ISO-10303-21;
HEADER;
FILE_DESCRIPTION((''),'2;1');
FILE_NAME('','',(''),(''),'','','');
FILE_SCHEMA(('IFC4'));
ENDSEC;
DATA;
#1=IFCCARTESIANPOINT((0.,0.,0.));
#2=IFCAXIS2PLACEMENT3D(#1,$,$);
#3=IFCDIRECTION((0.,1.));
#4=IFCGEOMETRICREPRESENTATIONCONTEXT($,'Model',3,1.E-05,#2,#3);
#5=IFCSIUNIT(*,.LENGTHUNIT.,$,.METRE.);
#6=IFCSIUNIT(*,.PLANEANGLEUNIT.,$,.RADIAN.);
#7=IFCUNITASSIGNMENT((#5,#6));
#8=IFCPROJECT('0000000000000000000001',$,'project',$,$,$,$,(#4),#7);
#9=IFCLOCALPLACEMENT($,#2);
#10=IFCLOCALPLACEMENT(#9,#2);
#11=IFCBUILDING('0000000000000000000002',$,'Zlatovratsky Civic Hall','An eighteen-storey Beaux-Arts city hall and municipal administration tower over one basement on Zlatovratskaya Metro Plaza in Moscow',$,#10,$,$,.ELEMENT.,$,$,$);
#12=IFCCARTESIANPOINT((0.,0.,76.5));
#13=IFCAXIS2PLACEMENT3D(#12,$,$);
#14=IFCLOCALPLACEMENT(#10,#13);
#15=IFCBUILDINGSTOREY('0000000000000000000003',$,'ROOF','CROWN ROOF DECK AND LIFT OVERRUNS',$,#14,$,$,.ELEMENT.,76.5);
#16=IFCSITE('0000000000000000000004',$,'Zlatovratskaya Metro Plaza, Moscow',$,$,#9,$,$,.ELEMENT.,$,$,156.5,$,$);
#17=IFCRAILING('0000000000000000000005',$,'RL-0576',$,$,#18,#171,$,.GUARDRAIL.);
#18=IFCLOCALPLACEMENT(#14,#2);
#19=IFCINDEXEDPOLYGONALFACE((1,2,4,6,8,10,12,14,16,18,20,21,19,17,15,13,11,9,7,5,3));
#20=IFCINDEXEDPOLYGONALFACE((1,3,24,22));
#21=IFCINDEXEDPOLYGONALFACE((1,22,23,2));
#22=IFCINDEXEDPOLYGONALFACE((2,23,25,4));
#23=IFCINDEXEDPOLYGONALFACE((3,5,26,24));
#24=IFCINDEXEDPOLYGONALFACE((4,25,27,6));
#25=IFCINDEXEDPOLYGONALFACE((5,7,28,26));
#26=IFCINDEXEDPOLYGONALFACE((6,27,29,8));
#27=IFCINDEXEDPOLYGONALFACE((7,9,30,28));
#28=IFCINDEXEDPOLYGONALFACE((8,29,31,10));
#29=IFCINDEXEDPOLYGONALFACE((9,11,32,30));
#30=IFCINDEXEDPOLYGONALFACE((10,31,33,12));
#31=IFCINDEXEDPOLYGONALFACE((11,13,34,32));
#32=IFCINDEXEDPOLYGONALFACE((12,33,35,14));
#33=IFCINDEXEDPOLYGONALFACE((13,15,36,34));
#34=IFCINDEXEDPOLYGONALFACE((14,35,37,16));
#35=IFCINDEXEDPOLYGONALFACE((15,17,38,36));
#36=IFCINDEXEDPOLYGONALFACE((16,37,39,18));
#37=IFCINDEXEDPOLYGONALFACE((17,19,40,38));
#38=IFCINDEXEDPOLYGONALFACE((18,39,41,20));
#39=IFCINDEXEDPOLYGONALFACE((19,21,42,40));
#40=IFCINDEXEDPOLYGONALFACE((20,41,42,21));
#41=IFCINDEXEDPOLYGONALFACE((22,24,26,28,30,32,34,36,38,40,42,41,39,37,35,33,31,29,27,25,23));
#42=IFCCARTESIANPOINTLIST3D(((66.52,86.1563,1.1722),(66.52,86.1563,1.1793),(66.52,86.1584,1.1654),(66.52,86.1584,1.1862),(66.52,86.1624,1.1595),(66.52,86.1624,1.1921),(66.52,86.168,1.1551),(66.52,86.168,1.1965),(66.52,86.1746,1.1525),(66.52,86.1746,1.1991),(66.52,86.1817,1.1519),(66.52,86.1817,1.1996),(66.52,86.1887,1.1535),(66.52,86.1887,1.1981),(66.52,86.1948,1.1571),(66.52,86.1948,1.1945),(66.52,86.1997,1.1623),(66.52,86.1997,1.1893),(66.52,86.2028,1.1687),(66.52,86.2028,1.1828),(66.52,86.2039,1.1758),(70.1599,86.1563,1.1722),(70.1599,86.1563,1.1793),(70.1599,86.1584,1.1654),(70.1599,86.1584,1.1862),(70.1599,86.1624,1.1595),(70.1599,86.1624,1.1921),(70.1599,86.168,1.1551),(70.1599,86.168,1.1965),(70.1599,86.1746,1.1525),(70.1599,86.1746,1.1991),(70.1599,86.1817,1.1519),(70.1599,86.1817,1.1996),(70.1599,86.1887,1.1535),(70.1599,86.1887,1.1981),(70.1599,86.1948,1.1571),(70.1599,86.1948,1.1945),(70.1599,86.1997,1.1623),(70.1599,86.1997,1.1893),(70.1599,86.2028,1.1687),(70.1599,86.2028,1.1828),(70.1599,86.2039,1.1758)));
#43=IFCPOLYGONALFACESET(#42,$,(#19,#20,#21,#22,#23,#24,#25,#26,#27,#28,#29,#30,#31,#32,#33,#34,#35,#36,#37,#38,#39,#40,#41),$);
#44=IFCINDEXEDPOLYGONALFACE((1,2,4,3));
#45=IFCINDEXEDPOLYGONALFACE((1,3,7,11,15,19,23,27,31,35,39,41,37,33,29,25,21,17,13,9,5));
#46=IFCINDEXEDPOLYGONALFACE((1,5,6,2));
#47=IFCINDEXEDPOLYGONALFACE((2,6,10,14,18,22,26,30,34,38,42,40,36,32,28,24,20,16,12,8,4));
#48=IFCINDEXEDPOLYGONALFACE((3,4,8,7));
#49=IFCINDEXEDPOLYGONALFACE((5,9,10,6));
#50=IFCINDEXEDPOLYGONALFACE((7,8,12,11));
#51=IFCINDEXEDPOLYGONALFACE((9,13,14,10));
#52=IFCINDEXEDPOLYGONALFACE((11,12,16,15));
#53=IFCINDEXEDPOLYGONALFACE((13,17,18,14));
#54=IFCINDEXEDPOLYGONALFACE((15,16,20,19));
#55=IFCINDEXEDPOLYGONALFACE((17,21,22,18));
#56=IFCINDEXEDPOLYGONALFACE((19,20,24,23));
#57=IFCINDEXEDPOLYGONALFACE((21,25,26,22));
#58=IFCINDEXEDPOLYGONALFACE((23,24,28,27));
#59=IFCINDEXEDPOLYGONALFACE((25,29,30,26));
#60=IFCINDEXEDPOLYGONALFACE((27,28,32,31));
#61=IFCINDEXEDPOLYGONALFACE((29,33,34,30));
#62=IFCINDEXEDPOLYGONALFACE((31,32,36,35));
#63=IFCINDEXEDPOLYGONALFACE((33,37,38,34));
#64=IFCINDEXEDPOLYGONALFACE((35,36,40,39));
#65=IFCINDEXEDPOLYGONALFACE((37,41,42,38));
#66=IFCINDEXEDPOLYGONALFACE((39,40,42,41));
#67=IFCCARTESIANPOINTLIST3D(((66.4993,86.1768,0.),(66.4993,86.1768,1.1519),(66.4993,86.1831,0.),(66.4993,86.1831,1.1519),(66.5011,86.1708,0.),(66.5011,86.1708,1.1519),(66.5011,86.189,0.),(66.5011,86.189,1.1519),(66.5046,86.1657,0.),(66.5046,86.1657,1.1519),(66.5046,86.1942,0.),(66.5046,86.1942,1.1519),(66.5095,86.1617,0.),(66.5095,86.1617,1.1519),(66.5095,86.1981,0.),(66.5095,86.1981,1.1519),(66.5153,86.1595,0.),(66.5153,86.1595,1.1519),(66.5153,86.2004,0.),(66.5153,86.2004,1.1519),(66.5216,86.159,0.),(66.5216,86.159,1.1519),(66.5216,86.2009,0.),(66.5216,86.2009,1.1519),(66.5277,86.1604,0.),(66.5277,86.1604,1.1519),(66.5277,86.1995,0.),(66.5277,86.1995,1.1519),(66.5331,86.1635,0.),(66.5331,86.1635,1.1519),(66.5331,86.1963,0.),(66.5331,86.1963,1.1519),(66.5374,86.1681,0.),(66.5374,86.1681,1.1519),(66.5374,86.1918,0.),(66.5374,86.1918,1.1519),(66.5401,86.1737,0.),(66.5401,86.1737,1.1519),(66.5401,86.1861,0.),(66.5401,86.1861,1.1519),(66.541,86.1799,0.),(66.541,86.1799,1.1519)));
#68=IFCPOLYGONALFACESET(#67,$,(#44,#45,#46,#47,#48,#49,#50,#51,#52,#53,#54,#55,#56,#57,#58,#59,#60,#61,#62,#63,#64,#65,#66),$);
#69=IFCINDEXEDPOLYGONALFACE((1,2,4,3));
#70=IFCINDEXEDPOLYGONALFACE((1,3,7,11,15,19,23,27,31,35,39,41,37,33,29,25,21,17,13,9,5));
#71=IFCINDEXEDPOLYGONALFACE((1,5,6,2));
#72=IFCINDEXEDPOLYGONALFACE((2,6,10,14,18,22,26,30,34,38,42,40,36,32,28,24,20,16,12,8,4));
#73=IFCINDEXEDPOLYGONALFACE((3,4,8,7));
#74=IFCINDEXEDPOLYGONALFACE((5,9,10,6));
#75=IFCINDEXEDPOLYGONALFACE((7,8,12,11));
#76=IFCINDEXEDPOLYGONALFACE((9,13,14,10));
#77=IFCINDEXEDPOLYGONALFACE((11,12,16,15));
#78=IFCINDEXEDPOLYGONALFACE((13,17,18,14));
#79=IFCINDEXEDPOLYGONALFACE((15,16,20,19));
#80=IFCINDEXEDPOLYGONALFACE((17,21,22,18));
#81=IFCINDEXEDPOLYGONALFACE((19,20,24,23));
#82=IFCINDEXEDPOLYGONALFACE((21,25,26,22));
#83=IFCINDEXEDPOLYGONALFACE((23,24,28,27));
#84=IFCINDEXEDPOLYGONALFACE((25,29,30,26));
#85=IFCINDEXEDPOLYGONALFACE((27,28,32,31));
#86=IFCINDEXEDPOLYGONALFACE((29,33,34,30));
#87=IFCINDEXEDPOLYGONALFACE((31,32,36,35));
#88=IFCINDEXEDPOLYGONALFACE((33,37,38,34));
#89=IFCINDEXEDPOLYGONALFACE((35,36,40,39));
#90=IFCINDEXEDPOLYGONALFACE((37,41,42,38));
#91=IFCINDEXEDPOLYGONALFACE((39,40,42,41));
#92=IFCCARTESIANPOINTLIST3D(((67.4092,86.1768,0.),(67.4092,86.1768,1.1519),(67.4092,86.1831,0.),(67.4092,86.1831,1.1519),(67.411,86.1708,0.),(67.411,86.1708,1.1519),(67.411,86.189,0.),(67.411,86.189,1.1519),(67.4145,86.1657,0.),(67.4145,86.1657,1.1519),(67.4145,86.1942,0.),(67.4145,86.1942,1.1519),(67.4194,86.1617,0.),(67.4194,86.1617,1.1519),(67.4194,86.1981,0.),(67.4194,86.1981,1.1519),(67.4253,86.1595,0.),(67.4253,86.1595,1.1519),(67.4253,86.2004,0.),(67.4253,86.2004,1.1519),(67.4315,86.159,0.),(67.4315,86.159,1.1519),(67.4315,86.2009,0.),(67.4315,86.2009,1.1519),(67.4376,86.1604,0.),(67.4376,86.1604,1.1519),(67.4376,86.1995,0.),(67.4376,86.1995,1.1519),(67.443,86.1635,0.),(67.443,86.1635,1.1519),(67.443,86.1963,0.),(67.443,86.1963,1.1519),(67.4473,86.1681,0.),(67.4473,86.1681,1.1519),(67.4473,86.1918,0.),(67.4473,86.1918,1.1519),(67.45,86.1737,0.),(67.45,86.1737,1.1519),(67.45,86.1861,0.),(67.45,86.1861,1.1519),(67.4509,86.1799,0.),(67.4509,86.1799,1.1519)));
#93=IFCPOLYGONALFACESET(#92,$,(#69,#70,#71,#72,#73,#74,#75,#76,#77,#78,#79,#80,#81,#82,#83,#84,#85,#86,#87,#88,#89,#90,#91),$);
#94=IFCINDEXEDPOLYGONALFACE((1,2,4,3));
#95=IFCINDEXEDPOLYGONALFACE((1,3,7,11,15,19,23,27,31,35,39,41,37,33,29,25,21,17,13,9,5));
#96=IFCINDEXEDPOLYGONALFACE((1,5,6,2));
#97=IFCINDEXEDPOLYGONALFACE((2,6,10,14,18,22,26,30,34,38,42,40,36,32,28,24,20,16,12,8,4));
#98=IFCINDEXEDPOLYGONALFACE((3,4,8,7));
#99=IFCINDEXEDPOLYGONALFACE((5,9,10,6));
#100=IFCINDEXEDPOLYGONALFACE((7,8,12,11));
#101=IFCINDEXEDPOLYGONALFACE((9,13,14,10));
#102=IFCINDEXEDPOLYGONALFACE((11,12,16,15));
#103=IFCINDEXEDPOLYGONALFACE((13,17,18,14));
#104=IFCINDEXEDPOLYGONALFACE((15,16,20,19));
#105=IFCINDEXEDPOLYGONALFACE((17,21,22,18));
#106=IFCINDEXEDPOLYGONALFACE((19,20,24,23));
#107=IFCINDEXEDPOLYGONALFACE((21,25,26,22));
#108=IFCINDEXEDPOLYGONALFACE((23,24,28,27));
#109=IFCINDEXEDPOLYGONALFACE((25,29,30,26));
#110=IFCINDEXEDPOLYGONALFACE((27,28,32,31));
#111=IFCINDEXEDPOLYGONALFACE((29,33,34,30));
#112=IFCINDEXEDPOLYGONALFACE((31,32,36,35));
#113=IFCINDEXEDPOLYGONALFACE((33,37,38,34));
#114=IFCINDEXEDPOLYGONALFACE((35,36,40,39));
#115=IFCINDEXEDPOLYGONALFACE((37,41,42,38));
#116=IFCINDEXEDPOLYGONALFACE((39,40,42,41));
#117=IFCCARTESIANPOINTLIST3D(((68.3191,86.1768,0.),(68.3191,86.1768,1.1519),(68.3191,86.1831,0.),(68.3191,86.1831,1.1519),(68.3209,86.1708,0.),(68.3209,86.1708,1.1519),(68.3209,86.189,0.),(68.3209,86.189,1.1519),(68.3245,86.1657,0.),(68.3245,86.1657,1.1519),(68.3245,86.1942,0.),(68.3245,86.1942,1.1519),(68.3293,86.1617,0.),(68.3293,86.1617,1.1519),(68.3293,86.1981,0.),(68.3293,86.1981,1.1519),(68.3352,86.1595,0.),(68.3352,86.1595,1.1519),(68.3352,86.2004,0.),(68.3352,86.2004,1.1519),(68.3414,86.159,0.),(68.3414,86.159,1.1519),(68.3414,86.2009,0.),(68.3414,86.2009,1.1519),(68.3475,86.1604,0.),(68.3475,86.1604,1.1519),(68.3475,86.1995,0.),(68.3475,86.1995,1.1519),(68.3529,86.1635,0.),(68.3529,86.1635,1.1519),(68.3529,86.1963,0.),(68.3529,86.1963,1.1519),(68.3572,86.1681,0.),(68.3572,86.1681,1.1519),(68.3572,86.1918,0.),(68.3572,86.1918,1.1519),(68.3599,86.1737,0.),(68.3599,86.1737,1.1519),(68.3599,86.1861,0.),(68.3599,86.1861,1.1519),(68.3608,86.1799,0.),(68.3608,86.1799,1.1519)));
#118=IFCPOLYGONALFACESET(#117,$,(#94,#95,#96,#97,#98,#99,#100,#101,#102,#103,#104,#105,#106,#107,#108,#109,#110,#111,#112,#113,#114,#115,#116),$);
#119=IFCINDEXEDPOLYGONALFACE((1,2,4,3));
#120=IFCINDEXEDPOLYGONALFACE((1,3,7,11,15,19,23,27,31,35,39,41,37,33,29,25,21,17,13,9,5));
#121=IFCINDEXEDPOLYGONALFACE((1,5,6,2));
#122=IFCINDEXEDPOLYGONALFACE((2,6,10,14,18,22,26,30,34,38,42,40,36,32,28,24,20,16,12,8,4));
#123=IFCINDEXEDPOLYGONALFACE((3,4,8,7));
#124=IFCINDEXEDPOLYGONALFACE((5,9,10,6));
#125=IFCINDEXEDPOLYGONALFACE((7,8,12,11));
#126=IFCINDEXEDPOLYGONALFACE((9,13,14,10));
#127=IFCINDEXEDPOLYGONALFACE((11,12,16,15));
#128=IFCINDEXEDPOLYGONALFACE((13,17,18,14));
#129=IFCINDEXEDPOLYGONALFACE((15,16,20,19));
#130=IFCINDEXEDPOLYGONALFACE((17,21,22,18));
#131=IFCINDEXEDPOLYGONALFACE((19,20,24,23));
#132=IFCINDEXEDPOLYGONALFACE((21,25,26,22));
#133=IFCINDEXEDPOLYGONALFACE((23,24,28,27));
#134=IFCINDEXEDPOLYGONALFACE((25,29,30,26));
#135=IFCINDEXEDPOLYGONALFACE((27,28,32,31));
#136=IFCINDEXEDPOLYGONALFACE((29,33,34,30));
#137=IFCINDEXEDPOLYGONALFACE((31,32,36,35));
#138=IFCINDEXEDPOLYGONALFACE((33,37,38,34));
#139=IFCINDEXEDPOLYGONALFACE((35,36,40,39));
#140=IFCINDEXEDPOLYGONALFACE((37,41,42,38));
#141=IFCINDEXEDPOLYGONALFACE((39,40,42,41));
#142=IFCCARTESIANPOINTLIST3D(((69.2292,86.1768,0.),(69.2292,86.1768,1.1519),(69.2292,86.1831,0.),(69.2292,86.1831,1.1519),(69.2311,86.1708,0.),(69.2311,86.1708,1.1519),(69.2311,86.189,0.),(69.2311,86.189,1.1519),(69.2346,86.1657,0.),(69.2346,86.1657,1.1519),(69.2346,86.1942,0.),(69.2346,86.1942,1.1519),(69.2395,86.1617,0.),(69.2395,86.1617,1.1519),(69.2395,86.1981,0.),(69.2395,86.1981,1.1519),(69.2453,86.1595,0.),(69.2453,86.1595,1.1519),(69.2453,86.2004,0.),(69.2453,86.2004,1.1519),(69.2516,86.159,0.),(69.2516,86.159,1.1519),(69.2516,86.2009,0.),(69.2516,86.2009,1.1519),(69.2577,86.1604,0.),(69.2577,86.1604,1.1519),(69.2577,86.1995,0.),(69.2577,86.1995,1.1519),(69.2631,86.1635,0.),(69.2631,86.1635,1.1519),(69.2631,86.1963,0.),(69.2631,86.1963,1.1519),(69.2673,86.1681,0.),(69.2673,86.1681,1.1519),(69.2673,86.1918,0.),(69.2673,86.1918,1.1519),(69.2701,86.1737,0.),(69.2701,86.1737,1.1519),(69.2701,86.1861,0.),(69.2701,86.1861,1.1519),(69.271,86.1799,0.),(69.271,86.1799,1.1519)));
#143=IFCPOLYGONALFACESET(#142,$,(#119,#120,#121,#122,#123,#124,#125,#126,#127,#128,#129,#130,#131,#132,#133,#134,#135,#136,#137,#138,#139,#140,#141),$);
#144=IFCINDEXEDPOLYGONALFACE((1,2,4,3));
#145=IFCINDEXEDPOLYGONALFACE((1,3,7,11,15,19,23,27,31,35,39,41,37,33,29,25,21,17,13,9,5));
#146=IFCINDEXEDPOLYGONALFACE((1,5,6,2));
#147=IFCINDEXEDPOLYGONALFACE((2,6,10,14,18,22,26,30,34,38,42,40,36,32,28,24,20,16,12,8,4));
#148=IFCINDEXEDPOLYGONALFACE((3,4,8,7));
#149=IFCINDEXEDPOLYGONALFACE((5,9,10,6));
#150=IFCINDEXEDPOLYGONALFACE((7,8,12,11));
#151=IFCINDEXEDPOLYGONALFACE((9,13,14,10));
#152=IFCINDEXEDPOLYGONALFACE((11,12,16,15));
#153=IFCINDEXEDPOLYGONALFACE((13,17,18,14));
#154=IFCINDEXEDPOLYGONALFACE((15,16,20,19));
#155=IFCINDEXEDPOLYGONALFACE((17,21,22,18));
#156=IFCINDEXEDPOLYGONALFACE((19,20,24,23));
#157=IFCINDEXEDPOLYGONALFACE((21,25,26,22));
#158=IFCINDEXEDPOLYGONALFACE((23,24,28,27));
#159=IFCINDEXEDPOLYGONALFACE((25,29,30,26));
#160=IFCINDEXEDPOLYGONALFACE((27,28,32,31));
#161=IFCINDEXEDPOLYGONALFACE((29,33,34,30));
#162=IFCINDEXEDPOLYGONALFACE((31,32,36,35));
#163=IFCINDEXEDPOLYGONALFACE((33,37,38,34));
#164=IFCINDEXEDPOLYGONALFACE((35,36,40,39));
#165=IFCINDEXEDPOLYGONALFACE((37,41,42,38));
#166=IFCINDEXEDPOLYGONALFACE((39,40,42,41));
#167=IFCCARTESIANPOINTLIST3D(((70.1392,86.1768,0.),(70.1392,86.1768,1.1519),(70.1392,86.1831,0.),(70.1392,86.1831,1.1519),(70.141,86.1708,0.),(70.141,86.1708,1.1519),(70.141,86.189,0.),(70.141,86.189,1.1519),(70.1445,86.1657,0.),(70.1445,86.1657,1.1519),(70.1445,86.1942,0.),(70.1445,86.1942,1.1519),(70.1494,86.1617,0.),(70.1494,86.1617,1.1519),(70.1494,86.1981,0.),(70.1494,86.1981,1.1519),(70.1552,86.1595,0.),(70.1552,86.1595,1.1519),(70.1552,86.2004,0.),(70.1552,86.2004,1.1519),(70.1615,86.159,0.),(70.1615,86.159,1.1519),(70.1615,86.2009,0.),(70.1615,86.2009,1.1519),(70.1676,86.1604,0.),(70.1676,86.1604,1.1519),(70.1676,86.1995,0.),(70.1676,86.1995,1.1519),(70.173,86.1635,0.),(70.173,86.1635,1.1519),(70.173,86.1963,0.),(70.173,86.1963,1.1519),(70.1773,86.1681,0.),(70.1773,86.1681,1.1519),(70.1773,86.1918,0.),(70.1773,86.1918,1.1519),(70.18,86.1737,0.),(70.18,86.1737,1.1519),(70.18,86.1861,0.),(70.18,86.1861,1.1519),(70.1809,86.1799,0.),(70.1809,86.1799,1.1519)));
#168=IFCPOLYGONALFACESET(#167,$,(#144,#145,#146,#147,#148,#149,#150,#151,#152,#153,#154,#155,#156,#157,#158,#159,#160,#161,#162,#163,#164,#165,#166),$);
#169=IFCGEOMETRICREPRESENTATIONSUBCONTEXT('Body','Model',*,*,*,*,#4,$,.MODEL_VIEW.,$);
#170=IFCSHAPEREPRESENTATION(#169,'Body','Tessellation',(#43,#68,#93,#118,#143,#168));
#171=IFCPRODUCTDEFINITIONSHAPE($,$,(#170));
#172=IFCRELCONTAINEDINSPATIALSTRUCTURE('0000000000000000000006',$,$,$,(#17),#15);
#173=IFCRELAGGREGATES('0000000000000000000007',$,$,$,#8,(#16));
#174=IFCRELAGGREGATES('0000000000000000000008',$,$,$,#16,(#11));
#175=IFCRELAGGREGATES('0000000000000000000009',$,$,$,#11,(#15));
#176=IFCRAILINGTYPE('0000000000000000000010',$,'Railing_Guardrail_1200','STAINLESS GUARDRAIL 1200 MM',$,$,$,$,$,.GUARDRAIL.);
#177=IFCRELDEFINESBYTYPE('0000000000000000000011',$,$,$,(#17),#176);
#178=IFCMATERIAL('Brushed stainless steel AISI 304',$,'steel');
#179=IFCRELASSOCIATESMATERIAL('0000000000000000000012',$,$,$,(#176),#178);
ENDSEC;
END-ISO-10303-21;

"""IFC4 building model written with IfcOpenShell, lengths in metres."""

from ifc_helpers import new_model, si_unit, direction, frame, origin, origin_2d, place, context, subcontext, project, spatial, circle, extrude, material, type_object, element, save


model = new_model("IFC4")

# Units and contexts
model_context = context("Model", 3, precision=1e-05, world=origin(), true_north=direction((0.0, 1.0)))
body_context = subcontext(model_context, "Body", "Model", "MODEL_VIEW")
ifc_project = project(units=[si_unit("LENGTHUNIT", "METRE"), si_unit("PLANEANGLEUNIT", "RADIAN")], contexts=[model_context])

# Site, building, storey
site_placement = place(None, origin())
site = spatial("IfcSite", under=ifc_project, at=site_placement, Name="Zlatovratskaya Metro Plaza, Moscow", CompositionType="ELEMENT", RefElevation=156.5)
building_placement = place(site_placement, origin())
building = spatial("IfcBuilding", under=site, at=building_placement, Name="Zlatovratsky Civic Hall", Description="An eighteen-storey Beaux-Arts city hall and municipal administration tower over one basement on Zlatovratskaya Metro Plaza in Moscow", CompositionType="ELEMENT")
storey_placement = place(building_placement, frame((0.0, 0.0, 76.5)))
storey = spatial("IfcBuildingStorey", under=building, at=storey_placement, Name="ROOF", Description="CROWN ROOF DECK AND LIFT OVERRUNS", CompositionType="ELEMENT", Elevation=76.5)

# Railing
ifc_material_1 = material(Name="Brushed stainless steel AISI 304", Category="steel")
railing_type = type_object("IfcRailingType", Name="Railing_Guardrail_1200", Description="STAINLESS GUARDRAIL 1200 MM", PredefinedType="GUARDRAIL", material=ifc_material_1)
railing_placement = place(storey_placement, frame((66.52, 86.1799, 0.0)))
element("IfcRailing", 1, at=railing_placement, inside=storey, type_object=railing_type, Name="RL-0576", PredefinedType="GUARDRAIL", context=body_context, shape_type="SweptSolid", body=[
    extrude(circle(Radius=0.0239, at=origin_2d()), frame((0.0, 0.0, 1.1758), z_axis=(1.0, 0.0, 0.0), x_axis=(0.0, 1.0, 0.0)), (0.0, 0.0, 1.0), 3.6399),
    extrude(circle(Radius=0.021, at=origin_2d()), origin(), (0.0, 0.0, 1.0), 1.1519),
    extrude(circle(Radius=0.021, at=origin_2d()), frame((0.9099, 0.0, 0.0)), (0.0, 0.0, 1.0), 1.1519),
    extrude(circle(Radius=0.021, at=origin_2d()), frame((1.8198, 0.0, 0.0)), (0.0, 0.0, 1.0), 1.1519),
    extrude(circle(Radius=0.021, at=origin_2d()), frame((2.73, 0.0, 0.0)), (0.0, 0.0, 1.0), 1.1519),
    extrude(circle(Radius=0.021, at=origin_2d()), frame((3.6399, 0.0, 0.0)), (0.0, 0.0, 1.0), 1.1519),
])

save(model, "model.ifc")
